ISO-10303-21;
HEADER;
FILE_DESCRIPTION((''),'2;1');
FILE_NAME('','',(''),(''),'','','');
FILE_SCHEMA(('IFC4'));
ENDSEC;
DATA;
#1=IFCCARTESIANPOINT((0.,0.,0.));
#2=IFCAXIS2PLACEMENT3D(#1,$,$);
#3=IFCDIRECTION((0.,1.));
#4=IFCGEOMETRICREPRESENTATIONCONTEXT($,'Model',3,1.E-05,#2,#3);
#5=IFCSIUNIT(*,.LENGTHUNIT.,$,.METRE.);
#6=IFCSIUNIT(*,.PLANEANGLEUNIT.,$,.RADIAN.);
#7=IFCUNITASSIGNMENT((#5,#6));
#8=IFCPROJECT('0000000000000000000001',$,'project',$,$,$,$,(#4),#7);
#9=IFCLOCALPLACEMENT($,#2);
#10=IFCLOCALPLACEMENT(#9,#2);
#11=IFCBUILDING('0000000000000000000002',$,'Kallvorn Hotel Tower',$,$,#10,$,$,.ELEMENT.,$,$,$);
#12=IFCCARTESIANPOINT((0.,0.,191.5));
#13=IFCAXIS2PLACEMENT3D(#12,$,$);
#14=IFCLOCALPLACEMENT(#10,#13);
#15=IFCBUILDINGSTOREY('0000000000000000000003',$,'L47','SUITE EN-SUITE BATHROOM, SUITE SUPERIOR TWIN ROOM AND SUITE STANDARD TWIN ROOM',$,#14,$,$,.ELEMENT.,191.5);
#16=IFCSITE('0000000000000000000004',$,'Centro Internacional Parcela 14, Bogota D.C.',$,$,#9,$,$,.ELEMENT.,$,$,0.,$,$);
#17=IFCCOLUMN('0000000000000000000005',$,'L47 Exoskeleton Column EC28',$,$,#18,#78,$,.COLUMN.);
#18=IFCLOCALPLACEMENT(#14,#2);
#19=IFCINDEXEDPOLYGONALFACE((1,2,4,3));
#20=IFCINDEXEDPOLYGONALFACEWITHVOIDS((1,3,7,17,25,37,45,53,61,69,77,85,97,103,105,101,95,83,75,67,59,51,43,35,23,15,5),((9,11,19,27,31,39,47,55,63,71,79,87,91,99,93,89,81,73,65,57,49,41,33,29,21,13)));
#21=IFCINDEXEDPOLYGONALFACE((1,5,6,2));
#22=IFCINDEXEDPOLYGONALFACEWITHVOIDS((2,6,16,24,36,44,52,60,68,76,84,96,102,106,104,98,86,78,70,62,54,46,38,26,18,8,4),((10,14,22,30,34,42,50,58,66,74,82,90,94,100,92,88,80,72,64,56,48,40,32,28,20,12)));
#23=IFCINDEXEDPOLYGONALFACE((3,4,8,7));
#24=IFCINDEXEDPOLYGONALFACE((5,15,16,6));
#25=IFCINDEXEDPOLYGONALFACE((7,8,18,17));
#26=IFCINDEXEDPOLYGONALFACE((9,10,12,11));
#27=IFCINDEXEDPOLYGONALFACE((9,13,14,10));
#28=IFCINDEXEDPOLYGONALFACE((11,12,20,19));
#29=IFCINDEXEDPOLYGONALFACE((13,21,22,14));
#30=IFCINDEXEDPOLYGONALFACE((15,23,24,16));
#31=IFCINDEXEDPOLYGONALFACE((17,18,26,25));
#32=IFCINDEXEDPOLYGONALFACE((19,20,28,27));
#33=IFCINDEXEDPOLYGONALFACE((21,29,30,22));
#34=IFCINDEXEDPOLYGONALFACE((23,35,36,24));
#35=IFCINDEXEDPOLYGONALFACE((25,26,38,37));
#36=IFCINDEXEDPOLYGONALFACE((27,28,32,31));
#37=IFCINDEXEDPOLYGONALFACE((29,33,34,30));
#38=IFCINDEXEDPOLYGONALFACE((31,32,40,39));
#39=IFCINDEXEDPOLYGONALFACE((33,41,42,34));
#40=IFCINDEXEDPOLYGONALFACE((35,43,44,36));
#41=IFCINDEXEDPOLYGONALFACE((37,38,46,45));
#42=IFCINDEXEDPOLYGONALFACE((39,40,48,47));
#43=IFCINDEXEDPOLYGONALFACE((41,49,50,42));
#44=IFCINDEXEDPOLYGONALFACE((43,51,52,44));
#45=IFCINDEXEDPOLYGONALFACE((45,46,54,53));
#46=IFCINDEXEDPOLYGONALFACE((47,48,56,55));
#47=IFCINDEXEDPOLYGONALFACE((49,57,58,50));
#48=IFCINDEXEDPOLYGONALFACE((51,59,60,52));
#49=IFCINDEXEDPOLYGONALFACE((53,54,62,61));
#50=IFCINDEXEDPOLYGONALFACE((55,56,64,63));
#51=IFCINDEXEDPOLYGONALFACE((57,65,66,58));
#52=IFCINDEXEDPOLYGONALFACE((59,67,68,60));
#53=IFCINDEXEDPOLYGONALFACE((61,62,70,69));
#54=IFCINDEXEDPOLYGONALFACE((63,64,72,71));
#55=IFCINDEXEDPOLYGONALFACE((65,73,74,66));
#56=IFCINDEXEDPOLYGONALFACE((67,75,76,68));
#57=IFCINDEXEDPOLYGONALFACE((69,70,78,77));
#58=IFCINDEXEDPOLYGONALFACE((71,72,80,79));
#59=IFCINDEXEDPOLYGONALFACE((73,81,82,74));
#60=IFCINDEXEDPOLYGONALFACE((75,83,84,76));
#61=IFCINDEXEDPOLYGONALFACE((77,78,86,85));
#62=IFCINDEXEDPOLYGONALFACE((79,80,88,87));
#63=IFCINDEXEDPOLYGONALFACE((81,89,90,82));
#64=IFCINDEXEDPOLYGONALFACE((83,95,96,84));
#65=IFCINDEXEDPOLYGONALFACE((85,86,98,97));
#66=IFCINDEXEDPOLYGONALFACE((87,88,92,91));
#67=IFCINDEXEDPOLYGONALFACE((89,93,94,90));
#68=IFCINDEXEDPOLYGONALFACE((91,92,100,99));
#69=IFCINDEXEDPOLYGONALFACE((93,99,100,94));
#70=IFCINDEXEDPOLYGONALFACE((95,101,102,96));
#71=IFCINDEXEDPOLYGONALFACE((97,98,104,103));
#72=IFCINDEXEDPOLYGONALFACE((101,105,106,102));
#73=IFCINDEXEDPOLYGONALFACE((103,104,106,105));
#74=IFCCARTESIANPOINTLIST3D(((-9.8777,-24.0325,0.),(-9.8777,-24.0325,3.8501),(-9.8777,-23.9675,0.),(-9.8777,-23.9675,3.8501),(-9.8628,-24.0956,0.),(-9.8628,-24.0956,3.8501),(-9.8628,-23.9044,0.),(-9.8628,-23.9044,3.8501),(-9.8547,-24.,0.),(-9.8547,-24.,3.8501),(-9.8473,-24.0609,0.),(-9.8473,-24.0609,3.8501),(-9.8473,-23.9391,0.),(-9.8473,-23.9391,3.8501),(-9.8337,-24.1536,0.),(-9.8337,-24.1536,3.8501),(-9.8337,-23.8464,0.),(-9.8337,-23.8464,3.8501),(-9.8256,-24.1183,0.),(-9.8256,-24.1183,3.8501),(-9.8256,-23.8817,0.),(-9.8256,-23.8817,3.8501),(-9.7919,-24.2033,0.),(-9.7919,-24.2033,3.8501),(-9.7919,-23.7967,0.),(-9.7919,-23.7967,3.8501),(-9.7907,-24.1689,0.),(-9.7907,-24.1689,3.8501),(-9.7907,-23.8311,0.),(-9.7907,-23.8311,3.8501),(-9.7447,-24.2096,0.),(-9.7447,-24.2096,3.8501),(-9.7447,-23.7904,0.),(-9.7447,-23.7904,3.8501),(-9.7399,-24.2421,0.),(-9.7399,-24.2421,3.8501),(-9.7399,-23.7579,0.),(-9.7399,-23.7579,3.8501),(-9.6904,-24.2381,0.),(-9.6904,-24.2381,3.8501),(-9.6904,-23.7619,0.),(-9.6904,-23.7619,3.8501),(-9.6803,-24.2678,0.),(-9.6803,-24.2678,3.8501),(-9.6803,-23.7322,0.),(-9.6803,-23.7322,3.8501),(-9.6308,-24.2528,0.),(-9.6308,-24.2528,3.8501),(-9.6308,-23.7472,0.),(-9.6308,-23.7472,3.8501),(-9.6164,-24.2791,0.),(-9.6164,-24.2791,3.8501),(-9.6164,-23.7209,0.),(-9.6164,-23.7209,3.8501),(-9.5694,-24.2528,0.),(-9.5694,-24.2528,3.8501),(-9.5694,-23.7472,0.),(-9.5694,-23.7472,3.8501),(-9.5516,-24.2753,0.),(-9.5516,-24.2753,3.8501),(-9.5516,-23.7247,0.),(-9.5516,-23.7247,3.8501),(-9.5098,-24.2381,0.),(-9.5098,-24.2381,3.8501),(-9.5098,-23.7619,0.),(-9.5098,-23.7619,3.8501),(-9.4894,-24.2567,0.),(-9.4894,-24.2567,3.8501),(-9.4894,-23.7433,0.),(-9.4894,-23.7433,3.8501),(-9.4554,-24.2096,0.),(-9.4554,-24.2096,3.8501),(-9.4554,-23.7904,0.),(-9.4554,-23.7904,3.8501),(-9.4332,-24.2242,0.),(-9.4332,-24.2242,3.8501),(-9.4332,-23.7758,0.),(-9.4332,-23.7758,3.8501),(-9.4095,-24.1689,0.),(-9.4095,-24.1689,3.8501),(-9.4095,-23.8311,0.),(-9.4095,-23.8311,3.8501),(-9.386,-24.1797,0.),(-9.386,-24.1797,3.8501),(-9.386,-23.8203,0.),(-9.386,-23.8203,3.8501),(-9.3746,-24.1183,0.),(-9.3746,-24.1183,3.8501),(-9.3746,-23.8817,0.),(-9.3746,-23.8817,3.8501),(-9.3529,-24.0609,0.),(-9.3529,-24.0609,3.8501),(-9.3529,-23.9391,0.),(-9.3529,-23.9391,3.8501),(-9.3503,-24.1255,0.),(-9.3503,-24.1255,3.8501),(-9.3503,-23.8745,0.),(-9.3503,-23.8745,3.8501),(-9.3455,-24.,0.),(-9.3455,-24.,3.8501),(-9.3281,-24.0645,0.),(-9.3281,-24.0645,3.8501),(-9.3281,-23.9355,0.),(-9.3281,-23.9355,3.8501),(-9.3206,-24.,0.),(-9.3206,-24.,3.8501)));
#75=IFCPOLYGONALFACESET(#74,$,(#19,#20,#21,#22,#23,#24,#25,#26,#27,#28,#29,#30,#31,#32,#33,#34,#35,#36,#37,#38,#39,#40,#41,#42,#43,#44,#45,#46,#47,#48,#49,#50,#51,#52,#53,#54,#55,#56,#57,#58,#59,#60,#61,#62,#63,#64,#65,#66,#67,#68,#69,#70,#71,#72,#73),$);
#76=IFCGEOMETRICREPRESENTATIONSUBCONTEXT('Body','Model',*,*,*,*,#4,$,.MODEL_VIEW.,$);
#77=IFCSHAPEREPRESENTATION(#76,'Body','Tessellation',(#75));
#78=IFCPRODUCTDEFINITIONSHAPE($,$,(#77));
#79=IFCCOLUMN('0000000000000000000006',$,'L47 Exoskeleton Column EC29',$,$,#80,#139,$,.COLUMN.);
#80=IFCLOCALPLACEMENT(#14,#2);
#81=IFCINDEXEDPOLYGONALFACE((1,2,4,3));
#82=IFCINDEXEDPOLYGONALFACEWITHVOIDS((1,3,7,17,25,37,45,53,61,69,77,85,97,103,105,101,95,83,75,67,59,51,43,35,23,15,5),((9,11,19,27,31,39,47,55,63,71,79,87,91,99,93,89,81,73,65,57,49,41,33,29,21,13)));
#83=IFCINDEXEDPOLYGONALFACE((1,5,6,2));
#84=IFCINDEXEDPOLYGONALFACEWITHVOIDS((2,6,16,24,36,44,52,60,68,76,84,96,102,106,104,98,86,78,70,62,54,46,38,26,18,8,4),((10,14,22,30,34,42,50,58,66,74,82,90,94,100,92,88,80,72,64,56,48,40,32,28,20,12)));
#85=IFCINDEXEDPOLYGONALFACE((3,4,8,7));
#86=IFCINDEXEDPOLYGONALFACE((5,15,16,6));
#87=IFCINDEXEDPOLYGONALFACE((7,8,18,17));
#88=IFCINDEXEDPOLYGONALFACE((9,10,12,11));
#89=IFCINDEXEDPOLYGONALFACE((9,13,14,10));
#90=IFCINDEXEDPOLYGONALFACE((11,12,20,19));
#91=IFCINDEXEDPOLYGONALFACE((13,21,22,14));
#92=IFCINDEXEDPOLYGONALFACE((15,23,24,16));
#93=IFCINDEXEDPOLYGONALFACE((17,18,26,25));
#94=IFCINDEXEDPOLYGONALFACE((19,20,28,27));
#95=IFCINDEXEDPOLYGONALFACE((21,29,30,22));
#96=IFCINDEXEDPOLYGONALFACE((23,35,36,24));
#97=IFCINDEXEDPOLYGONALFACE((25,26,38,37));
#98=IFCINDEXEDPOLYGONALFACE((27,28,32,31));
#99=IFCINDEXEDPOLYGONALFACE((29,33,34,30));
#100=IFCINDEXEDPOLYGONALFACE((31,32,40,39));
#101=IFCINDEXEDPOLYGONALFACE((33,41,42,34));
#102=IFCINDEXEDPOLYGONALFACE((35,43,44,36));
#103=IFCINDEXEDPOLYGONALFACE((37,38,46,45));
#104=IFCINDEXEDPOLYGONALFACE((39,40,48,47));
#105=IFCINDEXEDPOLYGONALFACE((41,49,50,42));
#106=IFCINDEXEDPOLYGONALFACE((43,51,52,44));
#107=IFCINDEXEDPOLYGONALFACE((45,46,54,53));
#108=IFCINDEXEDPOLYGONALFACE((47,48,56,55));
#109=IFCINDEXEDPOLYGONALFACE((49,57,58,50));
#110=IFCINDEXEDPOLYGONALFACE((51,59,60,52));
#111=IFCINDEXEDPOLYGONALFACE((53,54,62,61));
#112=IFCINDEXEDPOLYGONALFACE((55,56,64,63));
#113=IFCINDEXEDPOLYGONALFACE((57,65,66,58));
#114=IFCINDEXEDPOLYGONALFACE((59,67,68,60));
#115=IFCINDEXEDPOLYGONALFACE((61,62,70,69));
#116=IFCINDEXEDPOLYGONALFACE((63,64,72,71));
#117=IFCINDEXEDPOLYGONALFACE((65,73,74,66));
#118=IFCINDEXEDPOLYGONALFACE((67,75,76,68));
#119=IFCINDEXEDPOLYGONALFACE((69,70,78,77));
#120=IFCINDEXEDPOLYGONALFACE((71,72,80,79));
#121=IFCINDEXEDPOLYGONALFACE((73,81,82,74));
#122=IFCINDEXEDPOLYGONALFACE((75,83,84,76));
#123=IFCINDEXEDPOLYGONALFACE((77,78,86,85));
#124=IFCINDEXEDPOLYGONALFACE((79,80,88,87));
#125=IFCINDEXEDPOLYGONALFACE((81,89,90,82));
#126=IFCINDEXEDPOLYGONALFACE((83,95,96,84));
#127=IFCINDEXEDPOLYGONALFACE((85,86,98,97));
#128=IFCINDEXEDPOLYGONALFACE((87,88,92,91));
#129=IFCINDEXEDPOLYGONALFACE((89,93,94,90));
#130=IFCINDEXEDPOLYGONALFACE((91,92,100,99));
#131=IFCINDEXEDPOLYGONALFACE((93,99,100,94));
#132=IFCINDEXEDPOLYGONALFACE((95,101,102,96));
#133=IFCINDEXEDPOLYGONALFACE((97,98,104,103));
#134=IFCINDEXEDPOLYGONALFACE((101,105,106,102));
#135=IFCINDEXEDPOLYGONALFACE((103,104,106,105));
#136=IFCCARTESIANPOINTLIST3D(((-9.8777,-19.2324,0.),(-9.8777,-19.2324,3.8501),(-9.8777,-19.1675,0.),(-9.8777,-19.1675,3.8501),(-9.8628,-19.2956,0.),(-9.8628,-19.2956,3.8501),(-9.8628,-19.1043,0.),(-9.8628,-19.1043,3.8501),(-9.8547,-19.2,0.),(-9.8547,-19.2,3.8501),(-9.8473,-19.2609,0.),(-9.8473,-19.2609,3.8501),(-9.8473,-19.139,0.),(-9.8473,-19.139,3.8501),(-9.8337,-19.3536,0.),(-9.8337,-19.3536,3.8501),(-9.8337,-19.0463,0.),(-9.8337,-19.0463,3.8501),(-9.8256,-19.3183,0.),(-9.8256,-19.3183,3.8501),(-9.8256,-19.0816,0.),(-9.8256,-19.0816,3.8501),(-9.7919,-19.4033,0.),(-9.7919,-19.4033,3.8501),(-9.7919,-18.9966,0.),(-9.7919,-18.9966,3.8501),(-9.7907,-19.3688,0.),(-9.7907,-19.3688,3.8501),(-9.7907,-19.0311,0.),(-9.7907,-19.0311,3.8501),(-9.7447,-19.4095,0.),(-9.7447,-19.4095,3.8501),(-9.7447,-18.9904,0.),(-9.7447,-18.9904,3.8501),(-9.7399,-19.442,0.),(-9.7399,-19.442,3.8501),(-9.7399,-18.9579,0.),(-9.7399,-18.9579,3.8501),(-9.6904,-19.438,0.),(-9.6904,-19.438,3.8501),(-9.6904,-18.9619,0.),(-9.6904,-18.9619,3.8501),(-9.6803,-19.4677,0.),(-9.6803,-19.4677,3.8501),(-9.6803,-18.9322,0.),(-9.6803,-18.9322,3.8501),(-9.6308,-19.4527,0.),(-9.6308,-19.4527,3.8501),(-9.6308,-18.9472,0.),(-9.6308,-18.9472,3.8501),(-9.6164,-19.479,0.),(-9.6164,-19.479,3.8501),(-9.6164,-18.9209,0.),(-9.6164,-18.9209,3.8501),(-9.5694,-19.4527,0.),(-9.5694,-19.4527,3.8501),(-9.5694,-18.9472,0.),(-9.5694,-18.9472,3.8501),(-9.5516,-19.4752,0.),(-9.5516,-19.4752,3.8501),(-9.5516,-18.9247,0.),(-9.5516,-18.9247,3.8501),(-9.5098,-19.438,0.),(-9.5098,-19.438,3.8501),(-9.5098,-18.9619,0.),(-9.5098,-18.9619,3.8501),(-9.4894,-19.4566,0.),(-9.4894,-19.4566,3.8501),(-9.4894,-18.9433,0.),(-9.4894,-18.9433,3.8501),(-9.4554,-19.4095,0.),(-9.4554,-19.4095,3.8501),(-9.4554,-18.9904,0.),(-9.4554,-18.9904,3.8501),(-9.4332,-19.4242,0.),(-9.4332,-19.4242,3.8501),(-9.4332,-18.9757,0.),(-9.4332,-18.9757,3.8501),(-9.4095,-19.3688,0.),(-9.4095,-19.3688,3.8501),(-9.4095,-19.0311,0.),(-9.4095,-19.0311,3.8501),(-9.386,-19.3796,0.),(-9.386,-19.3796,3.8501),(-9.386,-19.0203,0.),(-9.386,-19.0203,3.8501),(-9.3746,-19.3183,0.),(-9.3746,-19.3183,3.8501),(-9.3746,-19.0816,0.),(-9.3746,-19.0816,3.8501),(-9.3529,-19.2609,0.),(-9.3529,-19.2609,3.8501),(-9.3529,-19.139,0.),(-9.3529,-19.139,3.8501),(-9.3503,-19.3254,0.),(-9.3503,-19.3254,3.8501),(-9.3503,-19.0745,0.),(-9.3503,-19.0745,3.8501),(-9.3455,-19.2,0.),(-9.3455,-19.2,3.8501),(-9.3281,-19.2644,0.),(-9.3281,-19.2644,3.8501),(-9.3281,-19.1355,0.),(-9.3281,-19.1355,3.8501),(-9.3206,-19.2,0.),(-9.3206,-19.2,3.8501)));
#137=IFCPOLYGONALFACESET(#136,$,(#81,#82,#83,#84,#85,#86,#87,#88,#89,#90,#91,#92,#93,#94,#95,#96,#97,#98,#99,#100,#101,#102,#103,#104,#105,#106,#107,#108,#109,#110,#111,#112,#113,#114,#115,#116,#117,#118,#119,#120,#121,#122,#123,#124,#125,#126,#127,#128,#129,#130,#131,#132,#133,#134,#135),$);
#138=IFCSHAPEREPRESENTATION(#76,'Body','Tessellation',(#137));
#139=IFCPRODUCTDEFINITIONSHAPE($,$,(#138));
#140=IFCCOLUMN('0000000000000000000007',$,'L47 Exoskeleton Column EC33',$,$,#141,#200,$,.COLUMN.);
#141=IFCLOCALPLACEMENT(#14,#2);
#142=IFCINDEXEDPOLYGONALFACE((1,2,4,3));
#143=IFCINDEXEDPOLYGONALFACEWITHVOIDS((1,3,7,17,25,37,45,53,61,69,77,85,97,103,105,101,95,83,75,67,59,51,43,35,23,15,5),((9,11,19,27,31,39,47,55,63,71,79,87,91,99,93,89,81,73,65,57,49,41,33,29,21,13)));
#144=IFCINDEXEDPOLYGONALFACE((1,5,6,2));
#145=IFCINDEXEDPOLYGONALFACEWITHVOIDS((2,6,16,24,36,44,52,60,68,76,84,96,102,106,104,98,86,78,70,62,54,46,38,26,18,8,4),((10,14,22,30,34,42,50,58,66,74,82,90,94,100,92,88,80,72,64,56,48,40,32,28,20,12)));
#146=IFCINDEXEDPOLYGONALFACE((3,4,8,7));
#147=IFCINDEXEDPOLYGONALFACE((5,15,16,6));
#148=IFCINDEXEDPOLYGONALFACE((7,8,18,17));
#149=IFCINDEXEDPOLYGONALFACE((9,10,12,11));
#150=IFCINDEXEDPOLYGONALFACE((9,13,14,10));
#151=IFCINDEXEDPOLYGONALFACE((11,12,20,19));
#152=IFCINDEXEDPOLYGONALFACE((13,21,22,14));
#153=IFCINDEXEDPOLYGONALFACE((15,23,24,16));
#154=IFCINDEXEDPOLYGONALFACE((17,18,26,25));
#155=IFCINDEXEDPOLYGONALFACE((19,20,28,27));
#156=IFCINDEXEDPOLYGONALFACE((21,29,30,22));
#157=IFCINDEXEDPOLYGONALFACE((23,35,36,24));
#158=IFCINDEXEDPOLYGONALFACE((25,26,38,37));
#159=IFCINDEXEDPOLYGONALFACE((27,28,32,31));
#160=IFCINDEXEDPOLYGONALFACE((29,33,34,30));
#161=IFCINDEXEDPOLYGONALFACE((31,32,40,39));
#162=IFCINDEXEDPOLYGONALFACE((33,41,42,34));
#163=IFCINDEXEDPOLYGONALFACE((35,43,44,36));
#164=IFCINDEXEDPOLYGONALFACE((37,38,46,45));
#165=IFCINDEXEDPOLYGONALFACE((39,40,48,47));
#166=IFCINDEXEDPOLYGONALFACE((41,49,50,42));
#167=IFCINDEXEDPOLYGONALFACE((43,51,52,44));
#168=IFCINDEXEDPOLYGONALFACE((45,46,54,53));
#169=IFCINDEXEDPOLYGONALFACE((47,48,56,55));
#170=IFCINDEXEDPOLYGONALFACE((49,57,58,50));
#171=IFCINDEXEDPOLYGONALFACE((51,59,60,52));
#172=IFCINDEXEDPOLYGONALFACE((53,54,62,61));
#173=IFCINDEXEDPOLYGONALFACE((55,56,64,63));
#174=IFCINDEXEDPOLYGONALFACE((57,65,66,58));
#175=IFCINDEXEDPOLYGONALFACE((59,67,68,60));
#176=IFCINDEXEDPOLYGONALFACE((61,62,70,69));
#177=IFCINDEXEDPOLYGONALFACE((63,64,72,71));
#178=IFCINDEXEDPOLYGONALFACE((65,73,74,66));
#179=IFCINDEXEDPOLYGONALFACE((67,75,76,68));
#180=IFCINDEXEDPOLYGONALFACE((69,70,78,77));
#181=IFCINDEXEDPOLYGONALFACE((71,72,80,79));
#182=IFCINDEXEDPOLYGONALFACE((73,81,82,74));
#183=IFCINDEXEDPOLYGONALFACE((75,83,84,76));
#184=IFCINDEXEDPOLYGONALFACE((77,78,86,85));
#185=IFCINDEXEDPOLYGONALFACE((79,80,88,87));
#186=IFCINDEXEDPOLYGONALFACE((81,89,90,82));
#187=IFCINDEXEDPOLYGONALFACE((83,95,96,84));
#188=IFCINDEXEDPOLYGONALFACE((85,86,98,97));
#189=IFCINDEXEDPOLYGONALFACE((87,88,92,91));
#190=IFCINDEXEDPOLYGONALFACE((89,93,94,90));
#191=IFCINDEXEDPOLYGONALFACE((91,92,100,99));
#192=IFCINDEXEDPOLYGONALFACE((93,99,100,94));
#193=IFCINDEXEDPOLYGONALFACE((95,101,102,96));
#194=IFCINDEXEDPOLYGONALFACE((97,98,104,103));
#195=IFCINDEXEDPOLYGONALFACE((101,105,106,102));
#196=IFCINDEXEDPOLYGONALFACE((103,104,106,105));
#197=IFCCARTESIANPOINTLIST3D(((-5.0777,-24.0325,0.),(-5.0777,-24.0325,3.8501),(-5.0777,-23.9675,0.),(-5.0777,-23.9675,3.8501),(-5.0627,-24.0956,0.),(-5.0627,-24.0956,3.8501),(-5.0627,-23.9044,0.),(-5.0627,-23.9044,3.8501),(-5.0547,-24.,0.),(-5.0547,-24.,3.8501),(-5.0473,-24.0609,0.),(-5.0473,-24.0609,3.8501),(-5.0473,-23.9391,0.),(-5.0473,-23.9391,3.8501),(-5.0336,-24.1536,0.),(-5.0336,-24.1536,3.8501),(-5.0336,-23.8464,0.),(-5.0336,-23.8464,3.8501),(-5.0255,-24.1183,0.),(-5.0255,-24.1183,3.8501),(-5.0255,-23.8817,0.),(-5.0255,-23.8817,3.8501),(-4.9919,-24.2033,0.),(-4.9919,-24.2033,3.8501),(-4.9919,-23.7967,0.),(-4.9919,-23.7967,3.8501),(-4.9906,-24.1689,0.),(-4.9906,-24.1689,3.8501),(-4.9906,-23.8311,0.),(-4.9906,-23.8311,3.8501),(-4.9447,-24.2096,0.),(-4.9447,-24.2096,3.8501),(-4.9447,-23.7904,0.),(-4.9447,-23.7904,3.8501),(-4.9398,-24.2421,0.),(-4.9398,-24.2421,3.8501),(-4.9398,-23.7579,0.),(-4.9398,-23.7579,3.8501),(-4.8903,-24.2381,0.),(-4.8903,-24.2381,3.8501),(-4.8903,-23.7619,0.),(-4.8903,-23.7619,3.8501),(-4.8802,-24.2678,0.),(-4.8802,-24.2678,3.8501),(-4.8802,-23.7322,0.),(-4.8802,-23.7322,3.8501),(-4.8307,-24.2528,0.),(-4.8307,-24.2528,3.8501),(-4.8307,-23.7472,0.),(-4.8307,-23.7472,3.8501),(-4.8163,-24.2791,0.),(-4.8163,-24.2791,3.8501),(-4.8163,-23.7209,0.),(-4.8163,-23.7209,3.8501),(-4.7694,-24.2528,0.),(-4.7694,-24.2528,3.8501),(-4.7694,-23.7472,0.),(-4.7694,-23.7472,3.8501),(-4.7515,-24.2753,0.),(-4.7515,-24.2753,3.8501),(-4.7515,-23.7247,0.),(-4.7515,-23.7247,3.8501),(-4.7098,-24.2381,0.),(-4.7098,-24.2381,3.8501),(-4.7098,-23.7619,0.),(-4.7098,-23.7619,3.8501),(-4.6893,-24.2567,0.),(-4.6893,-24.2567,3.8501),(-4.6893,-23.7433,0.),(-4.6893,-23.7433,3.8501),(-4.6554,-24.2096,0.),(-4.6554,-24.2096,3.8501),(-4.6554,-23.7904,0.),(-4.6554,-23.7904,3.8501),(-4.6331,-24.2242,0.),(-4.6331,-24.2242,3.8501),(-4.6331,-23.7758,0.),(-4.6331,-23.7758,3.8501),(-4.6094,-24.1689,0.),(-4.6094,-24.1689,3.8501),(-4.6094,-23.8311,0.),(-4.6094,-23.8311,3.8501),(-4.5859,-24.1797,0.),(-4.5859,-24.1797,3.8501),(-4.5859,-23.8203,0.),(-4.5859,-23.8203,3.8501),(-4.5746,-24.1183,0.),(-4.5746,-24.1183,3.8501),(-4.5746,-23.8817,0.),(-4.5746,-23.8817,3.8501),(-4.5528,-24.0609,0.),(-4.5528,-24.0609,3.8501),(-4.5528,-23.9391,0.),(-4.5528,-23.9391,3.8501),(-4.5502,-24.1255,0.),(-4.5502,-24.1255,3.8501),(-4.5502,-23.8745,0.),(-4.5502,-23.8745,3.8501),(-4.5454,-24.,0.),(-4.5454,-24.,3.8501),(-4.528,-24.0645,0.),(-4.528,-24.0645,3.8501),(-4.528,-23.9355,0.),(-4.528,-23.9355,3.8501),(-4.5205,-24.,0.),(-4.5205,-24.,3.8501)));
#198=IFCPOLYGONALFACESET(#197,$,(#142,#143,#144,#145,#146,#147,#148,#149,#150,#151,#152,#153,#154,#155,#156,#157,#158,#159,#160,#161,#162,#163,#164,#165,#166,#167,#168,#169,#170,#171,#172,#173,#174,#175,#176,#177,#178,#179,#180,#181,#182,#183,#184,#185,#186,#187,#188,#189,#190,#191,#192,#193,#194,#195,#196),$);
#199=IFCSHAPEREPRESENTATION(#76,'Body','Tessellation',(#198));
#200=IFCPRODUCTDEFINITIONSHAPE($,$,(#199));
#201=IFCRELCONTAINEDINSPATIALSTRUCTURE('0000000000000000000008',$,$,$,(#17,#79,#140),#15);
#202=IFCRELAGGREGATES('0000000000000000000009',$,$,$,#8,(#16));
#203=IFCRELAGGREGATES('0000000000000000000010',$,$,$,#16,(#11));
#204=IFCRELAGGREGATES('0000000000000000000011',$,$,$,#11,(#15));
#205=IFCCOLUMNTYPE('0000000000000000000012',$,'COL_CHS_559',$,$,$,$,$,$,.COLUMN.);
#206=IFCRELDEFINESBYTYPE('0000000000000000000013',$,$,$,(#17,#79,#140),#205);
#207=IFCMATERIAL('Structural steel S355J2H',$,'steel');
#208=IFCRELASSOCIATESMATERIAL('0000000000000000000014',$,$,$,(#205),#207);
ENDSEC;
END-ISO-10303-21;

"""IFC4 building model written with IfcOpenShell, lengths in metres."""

from ifc_helpers import new_model, si_unit, direction, frame, origin, origin_2d, place, context, subcontext, project, spatial, hollow_circle, extrude, material, material_profile, profile_set, type_object, element, save


model = new_model("IFC4")

# Units and contexts
model_context = context("Model", 3, precision=1e-05, world=origin(), true_north=direction((0.0, 1.0)))
body_context = subcontext(model_context, "Body", "Model", "MODEL_VIEW")
ifc_project = project(units=[si_unit("LENGTHUNIT", "METRE"), si_unit("PLANEANGLEUNIT", "RADIAN")], contexts=[model_context])

# Site, building, storey
site_placement = place(None, origin())
site = spatial("IfcSite", under=ifc_project, at=site_placement, Name="Centro Internacional Parcela 14, Bogota D.C.", CompositionType="ELEMENT", RefElevation=0.0)
building_placement = place(site_placement, origin())
building = spatial("IfcBuilding", under=site, at=building_placement, Name="Kallvorn Hotel Tower", CompositionType="ELEMENT")
storey_placement = place(building_placement, frame((0.0, 0.0, 191.5)))
storey = spatial("IfcBuildingStorey", under=building, at=storey_placement, Name="L47", Description="SUITE EN-SUITE BATHROOM, SUITE SUPERIOR TWIN ROOM AND SUITE STANDARD TWIN ROOM", CompositionType="ELEMENT", Elevation=191.5)

# Columns
ifc_material_1 = material(Name="Structural steel S355J2H", Category="steel")
ifc_material_profile_1 = material_profile(ifc_material_1, hollow_circle(Radius=0.2795, WallThickness=0.0249, at=origin_2d()), Name="CHS 559x25")
ifc_profile_set_1 = profile_set([ifc_material_profile_1], Name="Structural steel S355J2H")
column_type_1 = type_object("IfcColumnType", Name="COL_CHS_559", PredefinedType="COLUMN", material=ifc_profile_set_1)
for number, where, z_axis, x_axis, name in (
    (1, (-9.6001, -24.0, 0.0), (0.0, 0.0, 1.0), (1.0, 0.0, 0.0), "L47 Exoskeleton Column EC28"),
    (2, (-9.6001, -19.2, 0.0), (0.0, 0.0, 1.0), (1.0, 0.0, 0.0), "L47 Exoskeleton Column EC29"),
    (3, (-4.8, -24.0, 0.0), (0.0, 0.0, 1.0), (1.0, 0.0, 0.0), "L47 Exoskeleton Column EC33"),
):
    element("IfcColumn", number, at=place(storey_placement, frame(where, z_axis=z_axis, x_axis=x_axis)), inside=storey, type_object=column_type_1, Name=name, PredefinedType="COLUMN", context=body_context, shape_type="SweptSolid", body=[
        extrude(hollow_circle(Radius=0.2795, WallThickness=0.0249, at=origin_2d()), origin(), (0.0, 0.0, 1.0), 3.8501),
    ])

save(model, "model.ifc")
